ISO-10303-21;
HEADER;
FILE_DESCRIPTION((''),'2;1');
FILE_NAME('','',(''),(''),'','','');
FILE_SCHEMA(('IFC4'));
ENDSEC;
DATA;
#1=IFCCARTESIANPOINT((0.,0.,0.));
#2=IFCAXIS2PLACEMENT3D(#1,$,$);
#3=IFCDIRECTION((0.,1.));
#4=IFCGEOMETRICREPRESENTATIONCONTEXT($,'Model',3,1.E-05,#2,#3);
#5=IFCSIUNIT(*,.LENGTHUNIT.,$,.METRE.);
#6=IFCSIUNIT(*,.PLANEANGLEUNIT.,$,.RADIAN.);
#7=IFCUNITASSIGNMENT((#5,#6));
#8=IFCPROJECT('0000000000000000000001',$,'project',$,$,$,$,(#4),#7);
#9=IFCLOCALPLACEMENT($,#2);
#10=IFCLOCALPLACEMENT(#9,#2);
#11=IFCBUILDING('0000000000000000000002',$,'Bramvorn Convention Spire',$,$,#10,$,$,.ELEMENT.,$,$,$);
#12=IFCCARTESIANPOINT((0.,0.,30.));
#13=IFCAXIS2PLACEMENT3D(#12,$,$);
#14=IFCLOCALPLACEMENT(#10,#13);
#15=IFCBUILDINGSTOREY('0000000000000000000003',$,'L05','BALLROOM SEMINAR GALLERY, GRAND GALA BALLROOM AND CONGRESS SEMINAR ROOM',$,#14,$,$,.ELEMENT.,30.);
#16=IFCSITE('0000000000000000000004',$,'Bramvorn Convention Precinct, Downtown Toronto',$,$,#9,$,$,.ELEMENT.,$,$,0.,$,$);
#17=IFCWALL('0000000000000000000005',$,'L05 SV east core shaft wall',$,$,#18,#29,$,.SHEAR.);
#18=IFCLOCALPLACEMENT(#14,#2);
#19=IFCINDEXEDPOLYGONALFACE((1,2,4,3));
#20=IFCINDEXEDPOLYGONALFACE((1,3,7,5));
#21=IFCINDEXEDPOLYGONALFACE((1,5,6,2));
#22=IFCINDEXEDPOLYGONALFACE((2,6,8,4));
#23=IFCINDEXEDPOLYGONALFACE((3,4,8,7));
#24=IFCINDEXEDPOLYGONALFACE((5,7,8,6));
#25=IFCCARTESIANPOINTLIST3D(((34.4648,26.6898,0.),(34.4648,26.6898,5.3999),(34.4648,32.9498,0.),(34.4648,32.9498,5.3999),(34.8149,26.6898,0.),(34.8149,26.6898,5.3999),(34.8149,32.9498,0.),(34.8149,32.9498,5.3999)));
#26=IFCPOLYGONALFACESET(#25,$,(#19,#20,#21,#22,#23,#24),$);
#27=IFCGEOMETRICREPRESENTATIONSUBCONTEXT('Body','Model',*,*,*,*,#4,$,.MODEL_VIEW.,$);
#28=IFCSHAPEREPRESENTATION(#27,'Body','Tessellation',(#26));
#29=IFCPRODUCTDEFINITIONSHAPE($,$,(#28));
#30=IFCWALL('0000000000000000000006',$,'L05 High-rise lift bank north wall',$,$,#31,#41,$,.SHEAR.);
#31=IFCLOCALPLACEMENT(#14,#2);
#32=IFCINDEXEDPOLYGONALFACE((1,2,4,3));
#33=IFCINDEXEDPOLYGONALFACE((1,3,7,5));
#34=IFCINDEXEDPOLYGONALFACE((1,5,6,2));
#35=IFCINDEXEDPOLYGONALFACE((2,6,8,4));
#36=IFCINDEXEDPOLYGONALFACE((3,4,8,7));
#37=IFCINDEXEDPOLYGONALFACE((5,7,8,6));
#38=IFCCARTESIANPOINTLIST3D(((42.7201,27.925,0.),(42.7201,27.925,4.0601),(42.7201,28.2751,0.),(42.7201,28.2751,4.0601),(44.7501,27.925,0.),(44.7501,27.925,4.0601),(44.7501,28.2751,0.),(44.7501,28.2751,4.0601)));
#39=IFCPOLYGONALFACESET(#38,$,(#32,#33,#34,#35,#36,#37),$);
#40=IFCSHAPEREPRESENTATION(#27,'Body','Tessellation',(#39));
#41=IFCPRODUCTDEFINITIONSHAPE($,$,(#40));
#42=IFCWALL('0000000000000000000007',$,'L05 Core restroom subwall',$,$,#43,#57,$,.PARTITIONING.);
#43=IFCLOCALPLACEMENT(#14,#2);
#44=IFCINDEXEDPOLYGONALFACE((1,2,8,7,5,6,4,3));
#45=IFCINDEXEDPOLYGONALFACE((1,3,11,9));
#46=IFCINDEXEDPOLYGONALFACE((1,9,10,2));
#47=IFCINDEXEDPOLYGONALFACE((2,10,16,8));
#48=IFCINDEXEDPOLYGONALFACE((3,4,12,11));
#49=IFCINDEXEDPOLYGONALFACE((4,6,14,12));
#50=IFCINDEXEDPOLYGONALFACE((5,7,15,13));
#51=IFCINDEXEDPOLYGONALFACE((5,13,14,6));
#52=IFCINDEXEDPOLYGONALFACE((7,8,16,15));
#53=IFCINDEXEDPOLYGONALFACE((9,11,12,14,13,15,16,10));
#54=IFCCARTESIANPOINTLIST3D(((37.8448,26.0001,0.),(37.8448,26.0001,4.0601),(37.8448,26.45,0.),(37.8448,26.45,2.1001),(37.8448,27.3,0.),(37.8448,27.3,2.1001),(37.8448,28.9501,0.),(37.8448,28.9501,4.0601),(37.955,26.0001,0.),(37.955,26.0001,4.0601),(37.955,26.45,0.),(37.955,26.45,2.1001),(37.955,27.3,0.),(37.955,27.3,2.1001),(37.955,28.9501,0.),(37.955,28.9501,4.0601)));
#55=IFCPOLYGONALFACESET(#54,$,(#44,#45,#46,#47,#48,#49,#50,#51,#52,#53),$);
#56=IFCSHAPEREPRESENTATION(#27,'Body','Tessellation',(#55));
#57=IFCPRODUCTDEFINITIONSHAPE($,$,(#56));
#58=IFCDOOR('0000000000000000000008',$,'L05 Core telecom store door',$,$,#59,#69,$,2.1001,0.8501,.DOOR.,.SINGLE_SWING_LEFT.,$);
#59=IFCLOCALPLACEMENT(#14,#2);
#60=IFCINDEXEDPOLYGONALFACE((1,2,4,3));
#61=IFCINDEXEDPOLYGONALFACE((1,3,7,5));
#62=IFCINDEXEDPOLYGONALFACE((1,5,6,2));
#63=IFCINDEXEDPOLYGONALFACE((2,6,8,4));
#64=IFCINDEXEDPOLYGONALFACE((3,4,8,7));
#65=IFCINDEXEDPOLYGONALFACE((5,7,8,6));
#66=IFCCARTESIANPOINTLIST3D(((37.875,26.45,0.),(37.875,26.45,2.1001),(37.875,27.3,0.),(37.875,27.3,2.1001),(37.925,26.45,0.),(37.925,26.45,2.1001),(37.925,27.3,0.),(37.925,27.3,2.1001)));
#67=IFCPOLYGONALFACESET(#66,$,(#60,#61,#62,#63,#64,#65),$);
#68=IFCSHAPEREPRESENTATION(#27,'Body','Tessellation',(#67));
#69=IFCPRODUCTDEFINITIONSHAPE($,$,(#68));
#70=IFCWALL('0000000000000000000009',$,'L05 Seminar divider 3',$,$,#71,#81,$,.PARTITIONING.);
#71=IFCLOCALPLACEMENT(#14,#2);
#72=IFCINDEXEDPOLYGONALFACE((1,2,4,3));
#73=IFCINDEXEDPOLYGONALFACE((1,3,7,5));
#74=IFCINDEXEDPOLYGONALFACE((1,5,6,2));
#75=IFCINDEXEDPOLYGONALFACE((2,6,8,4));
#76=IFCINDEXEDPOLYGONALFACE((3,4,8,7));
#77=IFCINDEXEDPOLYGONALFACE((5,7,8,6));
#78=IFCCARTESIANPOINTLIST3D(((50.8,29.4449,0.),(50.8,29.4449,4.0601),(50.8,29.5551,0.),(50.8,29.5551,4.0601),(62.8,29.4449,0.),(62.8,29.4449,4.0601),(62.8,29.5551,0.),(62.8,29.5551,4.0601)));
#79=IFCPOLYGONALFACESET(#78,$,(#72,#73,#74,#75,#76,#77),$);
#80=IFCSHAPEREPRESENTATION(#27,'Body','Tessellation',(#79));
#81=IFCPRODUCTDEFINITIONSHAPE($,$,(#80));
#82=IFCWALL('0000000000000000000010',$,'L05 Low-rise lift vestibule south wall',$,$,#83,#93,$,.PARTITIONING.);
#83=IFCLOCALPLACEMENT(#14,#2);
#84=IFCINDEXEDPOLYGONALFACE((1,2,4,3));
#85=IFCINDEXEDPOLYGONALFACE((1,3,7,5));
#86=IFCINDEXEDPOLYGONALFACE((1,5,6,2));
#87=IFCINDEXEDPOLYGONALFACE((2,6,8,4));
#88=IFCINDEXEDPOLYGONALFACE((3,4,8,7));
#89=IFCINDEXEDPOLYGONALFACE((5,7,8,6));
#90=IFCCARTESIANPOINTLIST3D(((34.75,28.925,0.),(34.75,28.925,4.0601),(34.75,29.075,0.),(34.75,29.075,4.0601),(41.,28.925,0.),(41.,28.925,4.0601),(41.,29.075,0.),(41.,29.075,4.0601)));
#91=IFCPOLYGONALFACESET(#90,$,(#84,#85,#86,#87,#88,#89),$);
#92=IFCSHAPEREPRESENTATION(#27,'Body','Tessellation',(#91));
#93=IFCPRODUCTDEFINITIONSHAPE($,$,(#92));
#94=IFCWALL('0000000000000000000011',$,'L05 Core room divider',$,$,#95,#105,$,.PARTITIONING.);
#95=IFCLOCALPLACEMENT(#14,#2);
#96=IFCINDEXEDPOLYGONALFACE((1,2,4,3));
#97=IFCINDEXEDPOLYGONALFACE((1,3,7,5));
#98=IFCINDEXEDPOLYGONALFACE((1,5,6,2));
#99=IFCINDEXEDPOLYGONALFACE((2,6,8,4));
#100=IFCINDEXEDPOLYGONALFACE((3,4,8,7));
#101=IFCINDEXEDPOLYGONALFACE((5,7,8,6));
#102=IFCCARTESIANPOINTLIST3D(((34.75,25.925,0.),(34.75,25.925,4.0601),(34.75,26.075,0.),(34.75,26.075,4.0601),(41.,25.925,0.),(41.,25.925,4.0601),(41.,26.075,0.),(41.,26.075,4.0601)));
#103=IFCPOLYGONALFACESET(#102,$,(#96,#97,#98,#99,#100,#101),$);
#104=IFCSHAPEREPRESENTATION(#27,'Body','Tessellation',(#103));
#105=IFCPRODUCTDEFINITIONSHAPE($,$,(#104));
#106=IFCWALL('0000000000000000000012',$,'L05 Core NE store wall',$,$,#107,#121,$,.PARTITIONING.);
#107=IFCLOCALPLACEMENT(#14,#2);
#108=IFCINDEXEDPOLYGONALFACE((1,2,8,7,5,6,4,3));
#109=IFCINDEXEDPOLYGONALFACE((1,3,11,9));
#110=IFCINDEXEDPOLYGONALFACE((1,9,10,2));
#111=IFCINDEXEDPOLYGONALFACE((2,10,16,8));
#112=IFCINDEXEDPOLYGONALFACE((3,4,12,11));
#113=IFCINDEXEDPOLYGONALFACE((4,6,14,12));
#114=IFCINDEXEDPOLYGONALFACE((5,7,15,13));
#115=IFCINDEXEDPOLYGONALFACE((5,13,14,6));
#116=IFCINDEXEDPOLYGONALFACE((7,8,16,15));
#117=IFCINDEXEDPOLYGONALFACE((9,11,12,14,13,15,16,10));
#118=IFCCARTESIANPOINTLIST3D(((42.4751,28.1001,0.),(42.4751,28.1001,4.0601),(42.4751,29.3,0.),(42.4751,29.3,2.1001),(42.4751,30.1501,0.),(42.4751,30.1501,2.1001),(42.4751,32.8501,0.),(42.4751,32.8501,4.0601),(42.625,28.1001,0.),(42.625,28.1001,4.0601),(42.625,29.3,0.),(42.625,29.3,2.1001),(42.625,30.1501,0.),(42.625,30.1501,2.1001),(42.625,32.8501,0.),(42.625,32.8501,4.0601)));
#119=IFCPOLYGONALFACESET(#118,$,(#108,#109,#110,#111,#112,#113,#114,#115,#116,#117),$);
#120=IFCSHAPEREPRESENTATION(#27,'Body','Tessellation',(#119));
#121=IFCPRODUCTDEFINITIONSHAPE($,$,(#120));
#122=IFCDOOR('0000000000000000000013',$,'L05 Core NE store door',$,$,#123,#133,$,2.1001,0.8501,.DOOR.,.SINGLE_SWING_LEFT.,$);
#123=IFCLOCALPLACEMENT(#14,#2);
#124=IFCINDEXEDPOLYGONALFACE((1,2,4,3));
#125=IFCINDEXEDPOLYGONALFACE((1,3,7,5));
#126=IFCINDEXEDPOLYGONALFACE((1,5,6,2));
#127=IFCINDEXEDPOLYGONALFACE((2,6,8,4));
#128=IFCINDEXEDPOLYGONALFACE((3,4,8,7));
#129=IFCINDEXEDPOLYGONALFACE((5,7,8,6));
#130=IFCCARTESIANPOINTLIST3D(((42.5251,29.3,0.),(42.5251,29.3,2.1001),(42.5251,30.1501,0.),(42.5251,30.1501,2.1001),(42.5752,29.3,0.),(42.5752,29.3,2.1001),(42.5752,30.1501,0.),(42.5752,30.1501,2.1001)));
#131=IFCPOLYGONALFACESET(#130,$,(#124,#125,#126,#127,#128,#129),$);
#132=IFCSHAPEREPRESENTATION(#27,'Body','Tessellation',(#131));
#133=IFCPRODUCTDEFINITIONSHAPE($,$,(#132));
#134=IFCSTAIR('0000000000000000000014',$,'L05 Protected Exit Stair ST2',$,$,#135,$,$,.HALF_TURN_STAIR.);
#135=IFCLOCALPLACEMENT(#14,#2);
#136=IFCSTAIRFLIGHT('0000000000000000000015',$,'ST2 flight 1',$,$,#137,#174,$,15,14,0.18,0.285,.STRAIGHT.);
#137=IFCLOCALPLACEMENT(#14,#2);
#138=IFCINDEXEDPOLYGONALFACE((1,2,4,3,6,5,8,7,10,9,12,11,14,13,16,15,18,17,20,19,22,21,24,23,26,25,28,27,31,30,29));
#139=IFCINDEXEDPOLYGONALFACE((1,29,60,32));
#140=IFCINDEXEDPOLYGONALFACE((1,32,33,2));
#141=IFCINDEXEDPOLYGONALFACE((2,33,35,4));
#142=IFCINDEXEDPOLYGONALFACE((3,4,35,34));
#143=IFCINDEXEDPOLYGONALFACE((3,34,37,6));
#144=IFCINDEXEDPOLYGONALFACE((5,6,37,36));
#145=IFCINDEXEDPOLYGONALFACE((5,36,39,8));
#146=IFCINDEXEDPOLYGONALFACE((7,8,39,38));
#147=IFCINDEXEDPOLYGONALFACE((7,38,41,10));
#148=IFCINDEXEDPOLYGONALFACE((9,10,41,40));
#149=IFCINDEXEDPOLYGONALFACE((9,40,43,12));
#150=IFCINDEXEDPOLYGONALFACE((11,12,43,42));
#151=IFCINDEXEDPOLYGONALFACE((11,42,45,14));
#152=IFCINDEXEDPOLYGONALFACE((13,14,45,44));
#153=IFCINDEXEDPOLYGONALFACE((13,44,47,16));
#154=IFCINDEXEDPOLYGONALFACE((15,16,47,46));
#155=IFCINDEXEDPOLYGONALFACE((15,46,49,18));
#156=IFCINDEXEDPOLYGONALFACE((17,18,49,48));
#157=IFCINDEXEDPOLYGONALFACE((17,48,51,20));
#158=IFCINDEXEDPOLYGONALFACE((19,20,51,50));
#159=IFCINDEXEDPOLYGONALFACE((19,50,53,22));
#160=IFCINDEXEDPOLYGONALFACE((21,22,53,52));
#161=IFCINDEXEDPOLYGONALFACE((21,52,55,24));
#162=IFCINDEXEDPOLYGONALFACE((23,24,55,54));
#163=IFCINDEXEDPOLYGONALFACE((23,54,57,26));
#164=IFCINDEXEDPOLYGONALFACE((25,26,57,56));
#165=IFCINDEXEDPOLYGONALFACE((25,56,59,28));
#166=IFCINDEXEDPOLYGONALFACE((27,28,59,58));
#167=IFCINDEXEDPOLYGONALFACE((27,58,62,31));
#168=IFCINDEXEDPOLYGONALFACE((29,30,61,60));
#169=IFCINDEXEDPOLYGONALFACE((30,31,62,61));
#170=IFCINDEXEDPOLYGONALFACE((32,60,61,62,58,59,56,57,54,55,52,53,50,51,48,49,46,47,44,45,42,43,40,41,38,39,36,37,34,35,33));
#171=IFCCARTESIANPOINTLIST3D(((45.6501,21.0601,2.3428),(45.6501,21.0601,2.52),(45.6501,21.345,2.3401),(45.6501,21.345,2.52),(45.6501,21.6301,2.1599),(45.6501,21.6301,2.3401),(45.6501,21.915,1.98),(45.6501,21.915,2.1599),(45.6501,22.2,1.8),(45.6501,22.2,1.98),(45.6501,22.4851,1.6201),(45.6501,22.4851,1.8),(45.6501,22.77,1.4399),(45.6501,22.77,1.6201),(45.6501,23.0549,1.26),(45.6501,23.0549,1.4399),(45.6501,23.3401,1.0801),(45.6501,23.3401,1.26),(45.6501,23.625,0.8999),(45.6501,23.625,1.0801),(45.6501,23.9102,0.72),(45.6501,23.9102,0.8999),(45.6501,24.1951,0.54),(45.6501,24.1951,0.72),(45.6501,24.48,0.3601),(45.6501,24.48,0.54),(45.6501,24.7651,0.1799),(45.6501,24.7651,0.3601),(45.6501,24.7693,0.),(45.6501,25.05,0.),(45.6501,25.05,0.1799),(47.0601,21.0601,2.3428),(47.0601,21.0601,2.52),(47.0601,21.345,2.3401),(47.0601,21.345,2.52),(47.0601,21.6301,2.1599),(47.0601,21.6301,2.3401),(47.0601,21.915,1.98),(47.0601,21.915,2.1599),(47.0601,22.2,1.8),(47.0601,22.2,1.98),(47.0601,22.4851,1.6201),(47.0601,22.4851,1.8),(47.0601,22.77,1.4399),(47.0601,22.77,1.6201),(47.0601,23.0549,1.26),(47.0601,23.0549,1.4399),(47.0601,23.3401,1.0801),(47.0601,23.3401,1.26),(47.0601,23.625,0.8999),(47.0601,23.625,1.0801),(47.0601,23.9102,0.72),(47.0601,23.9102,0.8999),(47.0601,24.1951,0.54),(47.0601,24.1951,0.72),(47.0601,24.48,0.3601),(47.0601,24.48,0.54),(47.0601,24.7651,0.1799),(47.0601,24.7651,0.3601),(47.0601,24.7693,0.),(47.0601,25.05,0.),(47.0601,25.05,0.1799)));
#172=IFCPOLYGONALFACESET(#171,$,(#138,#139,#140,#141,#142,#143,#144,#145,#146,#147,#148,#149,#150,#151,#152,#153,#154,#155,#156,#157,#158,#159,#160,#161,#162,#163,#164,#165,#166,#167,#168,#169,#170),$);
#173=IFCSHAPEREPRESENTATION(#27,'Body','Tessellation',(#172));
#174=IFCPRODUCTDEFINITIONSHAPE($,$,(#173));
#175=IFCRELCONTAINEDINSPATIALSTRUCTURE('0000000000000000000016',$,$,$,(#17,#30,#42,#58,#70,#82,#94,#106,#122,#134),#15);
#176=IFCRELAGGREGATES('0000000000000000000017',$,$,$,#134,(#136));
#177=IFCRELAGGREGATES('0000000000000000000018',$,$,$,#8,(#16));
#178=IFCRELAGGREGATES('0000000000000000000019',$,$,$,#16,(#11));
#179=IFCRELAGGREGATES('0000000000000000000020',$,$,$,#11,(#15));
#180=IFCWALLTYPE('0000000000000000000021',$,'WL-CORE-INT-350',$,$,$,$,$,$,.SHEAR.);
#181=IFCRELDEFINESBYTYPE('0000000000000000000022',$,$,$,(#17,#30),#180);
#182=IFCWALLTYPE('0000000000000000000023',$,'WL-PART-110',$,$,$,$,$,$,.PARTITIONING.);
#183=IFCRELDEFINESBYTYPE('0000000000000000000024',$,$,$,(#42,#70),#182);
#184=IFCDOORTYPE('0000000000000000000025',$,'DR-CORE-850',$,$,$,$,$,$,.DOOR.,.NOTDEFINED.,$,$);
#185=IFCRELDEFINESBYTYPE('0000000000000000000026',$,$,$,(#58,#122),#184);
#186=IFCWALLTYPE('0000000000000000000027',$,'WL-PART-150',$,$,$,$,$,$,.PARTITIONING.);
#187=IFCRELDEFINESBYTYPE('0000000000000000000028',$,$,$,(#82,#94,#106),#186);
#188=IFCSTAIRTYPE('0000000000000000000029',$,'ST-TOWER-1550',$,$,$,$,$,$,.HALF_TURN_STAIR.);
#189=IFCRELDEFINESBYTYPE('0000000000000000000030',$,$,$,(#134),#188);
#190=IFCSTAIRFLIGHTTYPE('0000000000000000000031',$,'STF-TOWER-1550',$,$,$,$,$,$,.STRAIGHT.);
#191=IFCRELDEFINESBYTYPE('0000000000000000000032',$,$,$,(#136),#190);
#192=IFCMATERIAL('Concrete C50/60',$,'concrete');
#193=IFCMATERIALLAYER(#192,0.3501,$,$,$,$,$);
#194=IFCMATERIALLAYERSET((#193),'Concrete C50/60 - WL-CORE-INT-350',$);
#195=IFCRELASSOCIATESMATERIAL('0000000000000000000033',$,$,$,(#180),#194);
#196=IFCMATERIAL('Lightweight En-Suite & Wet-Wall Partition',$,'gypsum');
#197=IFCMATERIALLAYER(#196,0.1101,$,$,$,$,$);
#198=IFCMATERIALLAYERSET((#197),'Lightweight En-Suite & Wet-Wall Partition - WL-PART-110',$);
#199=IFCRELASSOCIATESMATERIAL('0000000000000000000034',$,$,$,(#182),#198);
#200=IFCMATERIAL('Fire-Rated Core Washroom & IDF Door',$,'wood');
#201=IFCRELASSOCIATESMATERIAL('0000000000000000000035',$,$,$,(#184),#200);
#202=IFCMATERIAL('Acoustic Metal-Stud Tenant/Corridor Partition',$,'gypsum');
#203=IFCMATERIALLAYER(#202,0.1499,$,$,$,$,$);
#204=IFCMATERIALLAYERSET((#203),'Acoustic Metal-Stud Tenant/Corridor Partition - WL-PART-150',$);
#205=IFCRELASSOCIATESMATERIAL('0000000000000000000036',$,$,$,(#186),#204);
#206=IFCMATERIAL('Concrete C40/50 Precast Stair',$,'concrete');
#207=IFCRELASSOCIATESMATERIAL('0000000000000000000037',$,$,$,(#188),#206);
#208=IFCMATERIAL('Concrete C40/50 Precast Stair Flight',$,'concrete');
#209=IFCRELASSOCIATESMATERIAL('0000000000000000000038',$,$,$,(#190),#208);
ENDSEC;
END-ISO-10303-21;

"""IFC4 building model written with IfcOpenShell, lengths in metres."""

from ifc_helpers import new_model, si_unit, direction, frame, frame_2d, origin, place, context, subcontext, project, spatial, polyline, rectangle, outline, extrude, material, layer, layer_set, type_object, element, fill, aggregate, save


model = new_model("IFC4")

# Units and contexts
model_context = context("Model", 3, precision=1e-05, world=origin(), true_north=direction((0.0, 1.0)))
body_context = subcontext(model_context, "Body", "Model", "MODEL_VIEW")
ifc_project = project(units=[si_unit("LENGTHUNIT", "METRE"), si_unit("PLANEANGLEUNIT", "RADIAN")], contexts=[model_context])

# Site, building, storey
site_placement = place(None, origin())
site = spatial("IfcSite", under=ifc_project, at=site_placement, Name="Bramvorn Convention Precinct, Downtown Toronto", CompositionType="ELEMENT", RefElevation=0.0)
building_placement = place(site_placement, origin())
building = spatial("IfcBuilding", under=site, at=building_placement, Name="Bramvorn Convention Spire", CompositionType="ELEMENT")
storey_placement = place(building_placement, frame((0.0, 0.0, 30.0)))
storey = spatial("IfcBuildingStorey", under=building, at=storey_placement, Name="L05", Description="BALLROOM SEMINAR GALLERY, GRAND GALA BALLROOM AND CONGRESS SEMINAR ROOM", CompositionType="ELEMENT", Elevation=30.0)

# Walls
ifc_material_1 = material(Name="Concrete C50/60", Category="concrete")
ifc_layer_1 = layer(ifc_material_1, 0.3501)
ifc_layer_set_1 = layer_set([ifc_layer_1], Name="Concrete C50/60 - WL-CORE-INT-350")
wall_type_1 = type_object("IfcWallType", Name="WL-CORE-INT-350", PredefinedType="SHEAR", material=ifc_layer_set_1)
wall_1_placement = place(storey_placement, frame((34.6399, 26.6899, 0.0), z_axis=(0.0, 0.0, 1.0), x_axis=(0.0, 1.0, 0.0)))
element("IfcWall", 1, at=wall_1_placement, inside=storey, type_object=wall_type_1, Name="L05 SV east core shaft wall", PredefinedType="SHEAR", context=body_context, shape_type="SweptSolid", body=[
    extrude(rectangle(XDim=6.26, YDim=0.3501, at=frame_2d((3.1299, 0.0))), origin(), (0.0, 0.0, 1.0), 5.3999),
])
wall_2_placement = place(storey_placement, frame((42.72, 28.1001, 0.0), z_axis=(0.0, 0.0, 1.0), x_axis=(1.0, 0.0, 0.0)))
element("IfcWall", 2, at=wall_2_placement, inside=storey, type_object=wall_type_1, Name="L05 High-rise lift bank north wall", PredefinedType="SHEAR", context=body_context, shape_type="SweptSolid", body=[
    extrude(rectangle(XDim=2.03, YDim=0.3501, at=frame_2d((1.0151, 0.0))), origin(), (0.0, 0.0, 1.0), 4.0601),
])

# Wall, opening, door
ifc_material_2 = material(Name="Lightweight En-Suite & Wet-Wall Partition", Category="gypsum")
ifc_layer_2 = layer(ifc_material_2, 0.1101)
ifc_layer_set_2 = layer_set([ifc_layer_2], Name="Lightweight En-Suite & Wet-Wall Partition - WL-PART-110")
wall_type_2 = type_object("IfcWallType", Name="WL-PART-110", PredefinedType="PARTITIONING", material=ifc_layer_set_2)
wall_3_placement = place(storey_placement, frame((37.8999, 26.0, 0.0), z_axis=(0.0, 0.0, 1.0), x_axis=(0.0, 1.0, 0.0)))
wall_3 = element("IfcWall", 3, at=wall_3_placement, inside=storey, type_object=wall_type_2, Name="L05 Core restroom subwall", PredefinedType="PARTITIONING", context=body_context, shape_type="SweptSolid", body=[
    extrude(rectangle(XDim=2.95, YDim=0.1101, at=frame_2d((1.4751, 0.0))), origin(), (0.0, 0.0, 1.0), 4.0601),
])
opening_1_placement = place(wall_3_placement, frame((0.45, 0.0, 0.0)))
opening_1 = element("IfcOpeningElement", 4, at=opening_1_placement, cuts=wall_3, PredefinedType="OPENING", context=body_context, shape_type="SweptSolid", body=[
    extrude(rectangle(XDim=0.8501, YDim=2.1001, at=frame_2d((0.425, 1.05))), frame((0.0, 0.0649, 0.0), z_axis=(0.0, -1.0, 0.0), x_axis=(1.0, 0.0, 0.0)), (0.0, 0.0, 1.0), 0.1301),
])
ifc_material_3 = material(Name="Fire-Rated Core Washroom & IDF Door", Category="wood")
door_type_1 = type_object("IfcDoorType", Name="DR-CORE-850", OperationType="NOTDEFINED", PredefinedType="DOOR", material=ifc_material_3)
door_1_placement = place(opening_1_placement, origin())
door_1 = element("IfcDoor", 5, at=door_1_placement, inside=storey, type_object=door_type_1, Name="L05 Core telecom store door", OperationType="SINGLE_SWING_LEFT", OverallHeight=2.1001, OverallWidth=0.8501, PredefinedType="DOOR", context=body_context, shape_type="SweptSolid", body=[
    extrude(rectangle(XDim=0.8501, YDim=2.1001, at=frame_2d((0.425, 1.05))), frame((0.0, 0.0249, 0.0), z_axis=(0.0, -1.0, 0.0), x_axis=(1.0, 0.0, 0.0)), (0.0, 0.0, 1.0), 0.05),
])
fill(opening_1, door_1)

# Walls
wall_4_placement = place(storey_placement, frame((50.8, 29.5, 0.0), z_axis=(0.0, 0.0, 1.0), x_axis=(1.0, 0.0, 0.0)))
element("IfcWall", 6, at=wall_4_placement, inside=storey, type_object=wall_type_2, Name="L05 Seminar divider 3", PredefinedType="PARTITIONING", context=body_context, shape_type="SweptSolid", body=[
    extrude(rectangle(XDim=12.0, YDim=0.1101, at=frame_2d((6.0, 0.0))), origin(), (0.0, 0.0, 1.0), 4.0601),
])
ifc_material_4 = material(Name="Acoustic Metal-Stud Tenant/Corridor Partition", Category="gypsum")
ifc_layer_3 = layer(ifc_material_4, 0.1499)
ifc_layer_set_3 = layer_set([ifc_layer_3], Name="Acoustic Metal-Stud Tenant/Corridor Partition - WL-PART-150")
wall_type_3 = type_object("IfcWallType", Name="WL-PART-150", PredefinedType="PARTITIONING", material=ifc_layer_set_3)
for number, where, z_axis, x_axis, name in (
    (7, (34.75, 29.0, 0.0), (0.0, 0.0, 1.0), (1.0, 0.0, 0.0), "L05 Low-rise lift vestibule south wall"),
    (8, (34.75, 26.0, 0.0), (0.0, 0.0, 1.0), (1.0, 0.0, 0.0), "L05 Core room divider"),
):
    element("IfcWall", number, at=place(storey_placement, frame(where, z_axis=z_axis, x_axis=x_axis)), inside=storey, type_object=wall_type_3, Name=name, PredefinedType="PARTITIONING", context=body_context, shape_type="SweptSolid", body=[
        extrude(rectangle(XDim=6.25, YDim=0.1499, at=frame_2d((3.125, 0.0))), origin(), (0.0, 0.0, 1.0), 4.0601),
    ])

# Wall, opening, door
wall_5_placement = place(storey_placement, frame((42.55, 28.1001, 0.0), z_axis=(0.0, 0.0, 1.0), x_axis=(0.0, 1.0, 0.0)))
wall_5 = element("IfcWall", 9, at=wall_5_placement, inside=storey, type_object=wall_type_3, Name="L05 Core NE store wall", PredefinedType="PARTITIONING", context=body_context, shape_type="SweptSolid", body=[
    extrude(rectangle(XDim=4.75, YDim=0.1499, at=frame_2d((2.375, 0.0))), origin(), (0.0, 0.0, 1.0), 4.0601),
])
opening_2_placement = place(wall_5_placement, frame((1.2, 0.0, 0.0)))
opening_2 = element("IfcOpeningElement", 10, at=opening_2_placement, cuts=wall_5, PredefinedType="OPENING", context=body_context, shape_type="SweptSolid", body=[
    extrude(rectangle(XDim=0.8501, YDim=2.1001, at=frame_2d((0.425, 1.05))), frame((0.0, 0.085, 0.0), z_axis=(0.0, -1.0, 0.0), x_axis=(1.0, 0.0, 0.0)), (0.0, 0.0, 1.0), 0.1699),
])
door_2_placement = place(opening_2_placement, origin())
door_2 = element("IfcDoor", 11, at=door_2_placement, inside=storey, type_object=door_type_1, Name="L05 Core NE store door", OperationType="SINGLE_SWING_LEFT", OverallHeight=2.1001, OverallWidth=0.8501, PredefinedType="DOOR", context=body_context, shape_type="SweptSolid", body=[
    extrude(rectangle(XDim=0.8501, YDim=2.1001, at=frame_2d((0.425, 1.05))), frame((0.0, 0.0249, 0.0), z_axis=(0.0, -1.0, 0.0), x_axis=(1.0, 0.0, 0.0)), (0.0, 0.0, 1.0), 0.05),
])
fill(opening_2, door_2)

# Stair, stair flight
ifc_material_5 = material(Name="Concrete C40/50 Precast Stair", Category="concrete")
stair_type = type_object("IfcStairType", Name="ST-TOWER-1550", PredefinedType="HALF_TURN_STAIR", material=ifc_material_5)
stair_placement = place(storey_placement, origin())
stair = element("IfcStair", 12, at=stair_placement, inside=storey, type_object=stair_type, Name="L05 Protected Exit Stair ST2", PredefinedType="HALF_TURN_STAIR")
ifc_material_6 = material(Name="Concrete C40/50 Precast Stair Flight", Category="concrete")
stair_flight_type = type_object("IfcStairFlightType", Name="STF-TOWER-1550", PredefinedType="STRAIGHT", material=ifc_material_6)
stair_flight_placement = place(storey_placement, frame((46.355, 25.05, 0.0), z_axis=(0.0, 0.0, 1.0), x_axis=(0.0, -1.0, 0.0)))
stair_flight = element("IfcStairFlight", 13, at=stair_flight_placement, type_object=stair_flight_type, Name="ST2 flight 1", NumberOfRisers=15, NumberOfTreads=14, PredefinedType="STRAIGHT", RiserHeight=0.18, TreadLength=0.285, context=body_context, shape_type="SweptSolid", body=[
    extrude(outline(polyline([(0.0, 0.0), (0.0, 0.1799), (0.2849, 0.1799), (0.2849, 0.3601), (0.5701, 0.3601), (0.5701, 0.54), (0.855, 0.54), (0.855, 0.72), (1.1399, 0.72), (1.1399, 0.8999), (1.425, 0.8999), (1.425, 1.0801), (1.71, 1.0801), (1.71, 1.26), (1.9951, 1.26), (1.9951, 1.4399), (2.28, 1.4399), (2.28, 1.6201), (2.5649, 1.6201), (2.5649, 1.8), (2.8501, 1.8), (2.8501, 1.98), (3.135, 1.98), (3.135, 2.1599), (3.4199, 2.1599), (3.4199, 2.3401), (3.7051, 2.3401), (3.7051, 2.52), (3.99, 2.52), (3.99, 2.7), (3.99, 2.3428), (0.2808, 0.0), (0.0, 0.0)])), frame((0.0, 0.7051, 0.0), z_axis=(0.0, -1.0, 0.0), x_axis=(1.0, 0.0, 0.0)), (0.0, 0.0, 1.0), 1.4099),
])
aggregate(stair, [stair_flight])

save(model, "model.ifc")
